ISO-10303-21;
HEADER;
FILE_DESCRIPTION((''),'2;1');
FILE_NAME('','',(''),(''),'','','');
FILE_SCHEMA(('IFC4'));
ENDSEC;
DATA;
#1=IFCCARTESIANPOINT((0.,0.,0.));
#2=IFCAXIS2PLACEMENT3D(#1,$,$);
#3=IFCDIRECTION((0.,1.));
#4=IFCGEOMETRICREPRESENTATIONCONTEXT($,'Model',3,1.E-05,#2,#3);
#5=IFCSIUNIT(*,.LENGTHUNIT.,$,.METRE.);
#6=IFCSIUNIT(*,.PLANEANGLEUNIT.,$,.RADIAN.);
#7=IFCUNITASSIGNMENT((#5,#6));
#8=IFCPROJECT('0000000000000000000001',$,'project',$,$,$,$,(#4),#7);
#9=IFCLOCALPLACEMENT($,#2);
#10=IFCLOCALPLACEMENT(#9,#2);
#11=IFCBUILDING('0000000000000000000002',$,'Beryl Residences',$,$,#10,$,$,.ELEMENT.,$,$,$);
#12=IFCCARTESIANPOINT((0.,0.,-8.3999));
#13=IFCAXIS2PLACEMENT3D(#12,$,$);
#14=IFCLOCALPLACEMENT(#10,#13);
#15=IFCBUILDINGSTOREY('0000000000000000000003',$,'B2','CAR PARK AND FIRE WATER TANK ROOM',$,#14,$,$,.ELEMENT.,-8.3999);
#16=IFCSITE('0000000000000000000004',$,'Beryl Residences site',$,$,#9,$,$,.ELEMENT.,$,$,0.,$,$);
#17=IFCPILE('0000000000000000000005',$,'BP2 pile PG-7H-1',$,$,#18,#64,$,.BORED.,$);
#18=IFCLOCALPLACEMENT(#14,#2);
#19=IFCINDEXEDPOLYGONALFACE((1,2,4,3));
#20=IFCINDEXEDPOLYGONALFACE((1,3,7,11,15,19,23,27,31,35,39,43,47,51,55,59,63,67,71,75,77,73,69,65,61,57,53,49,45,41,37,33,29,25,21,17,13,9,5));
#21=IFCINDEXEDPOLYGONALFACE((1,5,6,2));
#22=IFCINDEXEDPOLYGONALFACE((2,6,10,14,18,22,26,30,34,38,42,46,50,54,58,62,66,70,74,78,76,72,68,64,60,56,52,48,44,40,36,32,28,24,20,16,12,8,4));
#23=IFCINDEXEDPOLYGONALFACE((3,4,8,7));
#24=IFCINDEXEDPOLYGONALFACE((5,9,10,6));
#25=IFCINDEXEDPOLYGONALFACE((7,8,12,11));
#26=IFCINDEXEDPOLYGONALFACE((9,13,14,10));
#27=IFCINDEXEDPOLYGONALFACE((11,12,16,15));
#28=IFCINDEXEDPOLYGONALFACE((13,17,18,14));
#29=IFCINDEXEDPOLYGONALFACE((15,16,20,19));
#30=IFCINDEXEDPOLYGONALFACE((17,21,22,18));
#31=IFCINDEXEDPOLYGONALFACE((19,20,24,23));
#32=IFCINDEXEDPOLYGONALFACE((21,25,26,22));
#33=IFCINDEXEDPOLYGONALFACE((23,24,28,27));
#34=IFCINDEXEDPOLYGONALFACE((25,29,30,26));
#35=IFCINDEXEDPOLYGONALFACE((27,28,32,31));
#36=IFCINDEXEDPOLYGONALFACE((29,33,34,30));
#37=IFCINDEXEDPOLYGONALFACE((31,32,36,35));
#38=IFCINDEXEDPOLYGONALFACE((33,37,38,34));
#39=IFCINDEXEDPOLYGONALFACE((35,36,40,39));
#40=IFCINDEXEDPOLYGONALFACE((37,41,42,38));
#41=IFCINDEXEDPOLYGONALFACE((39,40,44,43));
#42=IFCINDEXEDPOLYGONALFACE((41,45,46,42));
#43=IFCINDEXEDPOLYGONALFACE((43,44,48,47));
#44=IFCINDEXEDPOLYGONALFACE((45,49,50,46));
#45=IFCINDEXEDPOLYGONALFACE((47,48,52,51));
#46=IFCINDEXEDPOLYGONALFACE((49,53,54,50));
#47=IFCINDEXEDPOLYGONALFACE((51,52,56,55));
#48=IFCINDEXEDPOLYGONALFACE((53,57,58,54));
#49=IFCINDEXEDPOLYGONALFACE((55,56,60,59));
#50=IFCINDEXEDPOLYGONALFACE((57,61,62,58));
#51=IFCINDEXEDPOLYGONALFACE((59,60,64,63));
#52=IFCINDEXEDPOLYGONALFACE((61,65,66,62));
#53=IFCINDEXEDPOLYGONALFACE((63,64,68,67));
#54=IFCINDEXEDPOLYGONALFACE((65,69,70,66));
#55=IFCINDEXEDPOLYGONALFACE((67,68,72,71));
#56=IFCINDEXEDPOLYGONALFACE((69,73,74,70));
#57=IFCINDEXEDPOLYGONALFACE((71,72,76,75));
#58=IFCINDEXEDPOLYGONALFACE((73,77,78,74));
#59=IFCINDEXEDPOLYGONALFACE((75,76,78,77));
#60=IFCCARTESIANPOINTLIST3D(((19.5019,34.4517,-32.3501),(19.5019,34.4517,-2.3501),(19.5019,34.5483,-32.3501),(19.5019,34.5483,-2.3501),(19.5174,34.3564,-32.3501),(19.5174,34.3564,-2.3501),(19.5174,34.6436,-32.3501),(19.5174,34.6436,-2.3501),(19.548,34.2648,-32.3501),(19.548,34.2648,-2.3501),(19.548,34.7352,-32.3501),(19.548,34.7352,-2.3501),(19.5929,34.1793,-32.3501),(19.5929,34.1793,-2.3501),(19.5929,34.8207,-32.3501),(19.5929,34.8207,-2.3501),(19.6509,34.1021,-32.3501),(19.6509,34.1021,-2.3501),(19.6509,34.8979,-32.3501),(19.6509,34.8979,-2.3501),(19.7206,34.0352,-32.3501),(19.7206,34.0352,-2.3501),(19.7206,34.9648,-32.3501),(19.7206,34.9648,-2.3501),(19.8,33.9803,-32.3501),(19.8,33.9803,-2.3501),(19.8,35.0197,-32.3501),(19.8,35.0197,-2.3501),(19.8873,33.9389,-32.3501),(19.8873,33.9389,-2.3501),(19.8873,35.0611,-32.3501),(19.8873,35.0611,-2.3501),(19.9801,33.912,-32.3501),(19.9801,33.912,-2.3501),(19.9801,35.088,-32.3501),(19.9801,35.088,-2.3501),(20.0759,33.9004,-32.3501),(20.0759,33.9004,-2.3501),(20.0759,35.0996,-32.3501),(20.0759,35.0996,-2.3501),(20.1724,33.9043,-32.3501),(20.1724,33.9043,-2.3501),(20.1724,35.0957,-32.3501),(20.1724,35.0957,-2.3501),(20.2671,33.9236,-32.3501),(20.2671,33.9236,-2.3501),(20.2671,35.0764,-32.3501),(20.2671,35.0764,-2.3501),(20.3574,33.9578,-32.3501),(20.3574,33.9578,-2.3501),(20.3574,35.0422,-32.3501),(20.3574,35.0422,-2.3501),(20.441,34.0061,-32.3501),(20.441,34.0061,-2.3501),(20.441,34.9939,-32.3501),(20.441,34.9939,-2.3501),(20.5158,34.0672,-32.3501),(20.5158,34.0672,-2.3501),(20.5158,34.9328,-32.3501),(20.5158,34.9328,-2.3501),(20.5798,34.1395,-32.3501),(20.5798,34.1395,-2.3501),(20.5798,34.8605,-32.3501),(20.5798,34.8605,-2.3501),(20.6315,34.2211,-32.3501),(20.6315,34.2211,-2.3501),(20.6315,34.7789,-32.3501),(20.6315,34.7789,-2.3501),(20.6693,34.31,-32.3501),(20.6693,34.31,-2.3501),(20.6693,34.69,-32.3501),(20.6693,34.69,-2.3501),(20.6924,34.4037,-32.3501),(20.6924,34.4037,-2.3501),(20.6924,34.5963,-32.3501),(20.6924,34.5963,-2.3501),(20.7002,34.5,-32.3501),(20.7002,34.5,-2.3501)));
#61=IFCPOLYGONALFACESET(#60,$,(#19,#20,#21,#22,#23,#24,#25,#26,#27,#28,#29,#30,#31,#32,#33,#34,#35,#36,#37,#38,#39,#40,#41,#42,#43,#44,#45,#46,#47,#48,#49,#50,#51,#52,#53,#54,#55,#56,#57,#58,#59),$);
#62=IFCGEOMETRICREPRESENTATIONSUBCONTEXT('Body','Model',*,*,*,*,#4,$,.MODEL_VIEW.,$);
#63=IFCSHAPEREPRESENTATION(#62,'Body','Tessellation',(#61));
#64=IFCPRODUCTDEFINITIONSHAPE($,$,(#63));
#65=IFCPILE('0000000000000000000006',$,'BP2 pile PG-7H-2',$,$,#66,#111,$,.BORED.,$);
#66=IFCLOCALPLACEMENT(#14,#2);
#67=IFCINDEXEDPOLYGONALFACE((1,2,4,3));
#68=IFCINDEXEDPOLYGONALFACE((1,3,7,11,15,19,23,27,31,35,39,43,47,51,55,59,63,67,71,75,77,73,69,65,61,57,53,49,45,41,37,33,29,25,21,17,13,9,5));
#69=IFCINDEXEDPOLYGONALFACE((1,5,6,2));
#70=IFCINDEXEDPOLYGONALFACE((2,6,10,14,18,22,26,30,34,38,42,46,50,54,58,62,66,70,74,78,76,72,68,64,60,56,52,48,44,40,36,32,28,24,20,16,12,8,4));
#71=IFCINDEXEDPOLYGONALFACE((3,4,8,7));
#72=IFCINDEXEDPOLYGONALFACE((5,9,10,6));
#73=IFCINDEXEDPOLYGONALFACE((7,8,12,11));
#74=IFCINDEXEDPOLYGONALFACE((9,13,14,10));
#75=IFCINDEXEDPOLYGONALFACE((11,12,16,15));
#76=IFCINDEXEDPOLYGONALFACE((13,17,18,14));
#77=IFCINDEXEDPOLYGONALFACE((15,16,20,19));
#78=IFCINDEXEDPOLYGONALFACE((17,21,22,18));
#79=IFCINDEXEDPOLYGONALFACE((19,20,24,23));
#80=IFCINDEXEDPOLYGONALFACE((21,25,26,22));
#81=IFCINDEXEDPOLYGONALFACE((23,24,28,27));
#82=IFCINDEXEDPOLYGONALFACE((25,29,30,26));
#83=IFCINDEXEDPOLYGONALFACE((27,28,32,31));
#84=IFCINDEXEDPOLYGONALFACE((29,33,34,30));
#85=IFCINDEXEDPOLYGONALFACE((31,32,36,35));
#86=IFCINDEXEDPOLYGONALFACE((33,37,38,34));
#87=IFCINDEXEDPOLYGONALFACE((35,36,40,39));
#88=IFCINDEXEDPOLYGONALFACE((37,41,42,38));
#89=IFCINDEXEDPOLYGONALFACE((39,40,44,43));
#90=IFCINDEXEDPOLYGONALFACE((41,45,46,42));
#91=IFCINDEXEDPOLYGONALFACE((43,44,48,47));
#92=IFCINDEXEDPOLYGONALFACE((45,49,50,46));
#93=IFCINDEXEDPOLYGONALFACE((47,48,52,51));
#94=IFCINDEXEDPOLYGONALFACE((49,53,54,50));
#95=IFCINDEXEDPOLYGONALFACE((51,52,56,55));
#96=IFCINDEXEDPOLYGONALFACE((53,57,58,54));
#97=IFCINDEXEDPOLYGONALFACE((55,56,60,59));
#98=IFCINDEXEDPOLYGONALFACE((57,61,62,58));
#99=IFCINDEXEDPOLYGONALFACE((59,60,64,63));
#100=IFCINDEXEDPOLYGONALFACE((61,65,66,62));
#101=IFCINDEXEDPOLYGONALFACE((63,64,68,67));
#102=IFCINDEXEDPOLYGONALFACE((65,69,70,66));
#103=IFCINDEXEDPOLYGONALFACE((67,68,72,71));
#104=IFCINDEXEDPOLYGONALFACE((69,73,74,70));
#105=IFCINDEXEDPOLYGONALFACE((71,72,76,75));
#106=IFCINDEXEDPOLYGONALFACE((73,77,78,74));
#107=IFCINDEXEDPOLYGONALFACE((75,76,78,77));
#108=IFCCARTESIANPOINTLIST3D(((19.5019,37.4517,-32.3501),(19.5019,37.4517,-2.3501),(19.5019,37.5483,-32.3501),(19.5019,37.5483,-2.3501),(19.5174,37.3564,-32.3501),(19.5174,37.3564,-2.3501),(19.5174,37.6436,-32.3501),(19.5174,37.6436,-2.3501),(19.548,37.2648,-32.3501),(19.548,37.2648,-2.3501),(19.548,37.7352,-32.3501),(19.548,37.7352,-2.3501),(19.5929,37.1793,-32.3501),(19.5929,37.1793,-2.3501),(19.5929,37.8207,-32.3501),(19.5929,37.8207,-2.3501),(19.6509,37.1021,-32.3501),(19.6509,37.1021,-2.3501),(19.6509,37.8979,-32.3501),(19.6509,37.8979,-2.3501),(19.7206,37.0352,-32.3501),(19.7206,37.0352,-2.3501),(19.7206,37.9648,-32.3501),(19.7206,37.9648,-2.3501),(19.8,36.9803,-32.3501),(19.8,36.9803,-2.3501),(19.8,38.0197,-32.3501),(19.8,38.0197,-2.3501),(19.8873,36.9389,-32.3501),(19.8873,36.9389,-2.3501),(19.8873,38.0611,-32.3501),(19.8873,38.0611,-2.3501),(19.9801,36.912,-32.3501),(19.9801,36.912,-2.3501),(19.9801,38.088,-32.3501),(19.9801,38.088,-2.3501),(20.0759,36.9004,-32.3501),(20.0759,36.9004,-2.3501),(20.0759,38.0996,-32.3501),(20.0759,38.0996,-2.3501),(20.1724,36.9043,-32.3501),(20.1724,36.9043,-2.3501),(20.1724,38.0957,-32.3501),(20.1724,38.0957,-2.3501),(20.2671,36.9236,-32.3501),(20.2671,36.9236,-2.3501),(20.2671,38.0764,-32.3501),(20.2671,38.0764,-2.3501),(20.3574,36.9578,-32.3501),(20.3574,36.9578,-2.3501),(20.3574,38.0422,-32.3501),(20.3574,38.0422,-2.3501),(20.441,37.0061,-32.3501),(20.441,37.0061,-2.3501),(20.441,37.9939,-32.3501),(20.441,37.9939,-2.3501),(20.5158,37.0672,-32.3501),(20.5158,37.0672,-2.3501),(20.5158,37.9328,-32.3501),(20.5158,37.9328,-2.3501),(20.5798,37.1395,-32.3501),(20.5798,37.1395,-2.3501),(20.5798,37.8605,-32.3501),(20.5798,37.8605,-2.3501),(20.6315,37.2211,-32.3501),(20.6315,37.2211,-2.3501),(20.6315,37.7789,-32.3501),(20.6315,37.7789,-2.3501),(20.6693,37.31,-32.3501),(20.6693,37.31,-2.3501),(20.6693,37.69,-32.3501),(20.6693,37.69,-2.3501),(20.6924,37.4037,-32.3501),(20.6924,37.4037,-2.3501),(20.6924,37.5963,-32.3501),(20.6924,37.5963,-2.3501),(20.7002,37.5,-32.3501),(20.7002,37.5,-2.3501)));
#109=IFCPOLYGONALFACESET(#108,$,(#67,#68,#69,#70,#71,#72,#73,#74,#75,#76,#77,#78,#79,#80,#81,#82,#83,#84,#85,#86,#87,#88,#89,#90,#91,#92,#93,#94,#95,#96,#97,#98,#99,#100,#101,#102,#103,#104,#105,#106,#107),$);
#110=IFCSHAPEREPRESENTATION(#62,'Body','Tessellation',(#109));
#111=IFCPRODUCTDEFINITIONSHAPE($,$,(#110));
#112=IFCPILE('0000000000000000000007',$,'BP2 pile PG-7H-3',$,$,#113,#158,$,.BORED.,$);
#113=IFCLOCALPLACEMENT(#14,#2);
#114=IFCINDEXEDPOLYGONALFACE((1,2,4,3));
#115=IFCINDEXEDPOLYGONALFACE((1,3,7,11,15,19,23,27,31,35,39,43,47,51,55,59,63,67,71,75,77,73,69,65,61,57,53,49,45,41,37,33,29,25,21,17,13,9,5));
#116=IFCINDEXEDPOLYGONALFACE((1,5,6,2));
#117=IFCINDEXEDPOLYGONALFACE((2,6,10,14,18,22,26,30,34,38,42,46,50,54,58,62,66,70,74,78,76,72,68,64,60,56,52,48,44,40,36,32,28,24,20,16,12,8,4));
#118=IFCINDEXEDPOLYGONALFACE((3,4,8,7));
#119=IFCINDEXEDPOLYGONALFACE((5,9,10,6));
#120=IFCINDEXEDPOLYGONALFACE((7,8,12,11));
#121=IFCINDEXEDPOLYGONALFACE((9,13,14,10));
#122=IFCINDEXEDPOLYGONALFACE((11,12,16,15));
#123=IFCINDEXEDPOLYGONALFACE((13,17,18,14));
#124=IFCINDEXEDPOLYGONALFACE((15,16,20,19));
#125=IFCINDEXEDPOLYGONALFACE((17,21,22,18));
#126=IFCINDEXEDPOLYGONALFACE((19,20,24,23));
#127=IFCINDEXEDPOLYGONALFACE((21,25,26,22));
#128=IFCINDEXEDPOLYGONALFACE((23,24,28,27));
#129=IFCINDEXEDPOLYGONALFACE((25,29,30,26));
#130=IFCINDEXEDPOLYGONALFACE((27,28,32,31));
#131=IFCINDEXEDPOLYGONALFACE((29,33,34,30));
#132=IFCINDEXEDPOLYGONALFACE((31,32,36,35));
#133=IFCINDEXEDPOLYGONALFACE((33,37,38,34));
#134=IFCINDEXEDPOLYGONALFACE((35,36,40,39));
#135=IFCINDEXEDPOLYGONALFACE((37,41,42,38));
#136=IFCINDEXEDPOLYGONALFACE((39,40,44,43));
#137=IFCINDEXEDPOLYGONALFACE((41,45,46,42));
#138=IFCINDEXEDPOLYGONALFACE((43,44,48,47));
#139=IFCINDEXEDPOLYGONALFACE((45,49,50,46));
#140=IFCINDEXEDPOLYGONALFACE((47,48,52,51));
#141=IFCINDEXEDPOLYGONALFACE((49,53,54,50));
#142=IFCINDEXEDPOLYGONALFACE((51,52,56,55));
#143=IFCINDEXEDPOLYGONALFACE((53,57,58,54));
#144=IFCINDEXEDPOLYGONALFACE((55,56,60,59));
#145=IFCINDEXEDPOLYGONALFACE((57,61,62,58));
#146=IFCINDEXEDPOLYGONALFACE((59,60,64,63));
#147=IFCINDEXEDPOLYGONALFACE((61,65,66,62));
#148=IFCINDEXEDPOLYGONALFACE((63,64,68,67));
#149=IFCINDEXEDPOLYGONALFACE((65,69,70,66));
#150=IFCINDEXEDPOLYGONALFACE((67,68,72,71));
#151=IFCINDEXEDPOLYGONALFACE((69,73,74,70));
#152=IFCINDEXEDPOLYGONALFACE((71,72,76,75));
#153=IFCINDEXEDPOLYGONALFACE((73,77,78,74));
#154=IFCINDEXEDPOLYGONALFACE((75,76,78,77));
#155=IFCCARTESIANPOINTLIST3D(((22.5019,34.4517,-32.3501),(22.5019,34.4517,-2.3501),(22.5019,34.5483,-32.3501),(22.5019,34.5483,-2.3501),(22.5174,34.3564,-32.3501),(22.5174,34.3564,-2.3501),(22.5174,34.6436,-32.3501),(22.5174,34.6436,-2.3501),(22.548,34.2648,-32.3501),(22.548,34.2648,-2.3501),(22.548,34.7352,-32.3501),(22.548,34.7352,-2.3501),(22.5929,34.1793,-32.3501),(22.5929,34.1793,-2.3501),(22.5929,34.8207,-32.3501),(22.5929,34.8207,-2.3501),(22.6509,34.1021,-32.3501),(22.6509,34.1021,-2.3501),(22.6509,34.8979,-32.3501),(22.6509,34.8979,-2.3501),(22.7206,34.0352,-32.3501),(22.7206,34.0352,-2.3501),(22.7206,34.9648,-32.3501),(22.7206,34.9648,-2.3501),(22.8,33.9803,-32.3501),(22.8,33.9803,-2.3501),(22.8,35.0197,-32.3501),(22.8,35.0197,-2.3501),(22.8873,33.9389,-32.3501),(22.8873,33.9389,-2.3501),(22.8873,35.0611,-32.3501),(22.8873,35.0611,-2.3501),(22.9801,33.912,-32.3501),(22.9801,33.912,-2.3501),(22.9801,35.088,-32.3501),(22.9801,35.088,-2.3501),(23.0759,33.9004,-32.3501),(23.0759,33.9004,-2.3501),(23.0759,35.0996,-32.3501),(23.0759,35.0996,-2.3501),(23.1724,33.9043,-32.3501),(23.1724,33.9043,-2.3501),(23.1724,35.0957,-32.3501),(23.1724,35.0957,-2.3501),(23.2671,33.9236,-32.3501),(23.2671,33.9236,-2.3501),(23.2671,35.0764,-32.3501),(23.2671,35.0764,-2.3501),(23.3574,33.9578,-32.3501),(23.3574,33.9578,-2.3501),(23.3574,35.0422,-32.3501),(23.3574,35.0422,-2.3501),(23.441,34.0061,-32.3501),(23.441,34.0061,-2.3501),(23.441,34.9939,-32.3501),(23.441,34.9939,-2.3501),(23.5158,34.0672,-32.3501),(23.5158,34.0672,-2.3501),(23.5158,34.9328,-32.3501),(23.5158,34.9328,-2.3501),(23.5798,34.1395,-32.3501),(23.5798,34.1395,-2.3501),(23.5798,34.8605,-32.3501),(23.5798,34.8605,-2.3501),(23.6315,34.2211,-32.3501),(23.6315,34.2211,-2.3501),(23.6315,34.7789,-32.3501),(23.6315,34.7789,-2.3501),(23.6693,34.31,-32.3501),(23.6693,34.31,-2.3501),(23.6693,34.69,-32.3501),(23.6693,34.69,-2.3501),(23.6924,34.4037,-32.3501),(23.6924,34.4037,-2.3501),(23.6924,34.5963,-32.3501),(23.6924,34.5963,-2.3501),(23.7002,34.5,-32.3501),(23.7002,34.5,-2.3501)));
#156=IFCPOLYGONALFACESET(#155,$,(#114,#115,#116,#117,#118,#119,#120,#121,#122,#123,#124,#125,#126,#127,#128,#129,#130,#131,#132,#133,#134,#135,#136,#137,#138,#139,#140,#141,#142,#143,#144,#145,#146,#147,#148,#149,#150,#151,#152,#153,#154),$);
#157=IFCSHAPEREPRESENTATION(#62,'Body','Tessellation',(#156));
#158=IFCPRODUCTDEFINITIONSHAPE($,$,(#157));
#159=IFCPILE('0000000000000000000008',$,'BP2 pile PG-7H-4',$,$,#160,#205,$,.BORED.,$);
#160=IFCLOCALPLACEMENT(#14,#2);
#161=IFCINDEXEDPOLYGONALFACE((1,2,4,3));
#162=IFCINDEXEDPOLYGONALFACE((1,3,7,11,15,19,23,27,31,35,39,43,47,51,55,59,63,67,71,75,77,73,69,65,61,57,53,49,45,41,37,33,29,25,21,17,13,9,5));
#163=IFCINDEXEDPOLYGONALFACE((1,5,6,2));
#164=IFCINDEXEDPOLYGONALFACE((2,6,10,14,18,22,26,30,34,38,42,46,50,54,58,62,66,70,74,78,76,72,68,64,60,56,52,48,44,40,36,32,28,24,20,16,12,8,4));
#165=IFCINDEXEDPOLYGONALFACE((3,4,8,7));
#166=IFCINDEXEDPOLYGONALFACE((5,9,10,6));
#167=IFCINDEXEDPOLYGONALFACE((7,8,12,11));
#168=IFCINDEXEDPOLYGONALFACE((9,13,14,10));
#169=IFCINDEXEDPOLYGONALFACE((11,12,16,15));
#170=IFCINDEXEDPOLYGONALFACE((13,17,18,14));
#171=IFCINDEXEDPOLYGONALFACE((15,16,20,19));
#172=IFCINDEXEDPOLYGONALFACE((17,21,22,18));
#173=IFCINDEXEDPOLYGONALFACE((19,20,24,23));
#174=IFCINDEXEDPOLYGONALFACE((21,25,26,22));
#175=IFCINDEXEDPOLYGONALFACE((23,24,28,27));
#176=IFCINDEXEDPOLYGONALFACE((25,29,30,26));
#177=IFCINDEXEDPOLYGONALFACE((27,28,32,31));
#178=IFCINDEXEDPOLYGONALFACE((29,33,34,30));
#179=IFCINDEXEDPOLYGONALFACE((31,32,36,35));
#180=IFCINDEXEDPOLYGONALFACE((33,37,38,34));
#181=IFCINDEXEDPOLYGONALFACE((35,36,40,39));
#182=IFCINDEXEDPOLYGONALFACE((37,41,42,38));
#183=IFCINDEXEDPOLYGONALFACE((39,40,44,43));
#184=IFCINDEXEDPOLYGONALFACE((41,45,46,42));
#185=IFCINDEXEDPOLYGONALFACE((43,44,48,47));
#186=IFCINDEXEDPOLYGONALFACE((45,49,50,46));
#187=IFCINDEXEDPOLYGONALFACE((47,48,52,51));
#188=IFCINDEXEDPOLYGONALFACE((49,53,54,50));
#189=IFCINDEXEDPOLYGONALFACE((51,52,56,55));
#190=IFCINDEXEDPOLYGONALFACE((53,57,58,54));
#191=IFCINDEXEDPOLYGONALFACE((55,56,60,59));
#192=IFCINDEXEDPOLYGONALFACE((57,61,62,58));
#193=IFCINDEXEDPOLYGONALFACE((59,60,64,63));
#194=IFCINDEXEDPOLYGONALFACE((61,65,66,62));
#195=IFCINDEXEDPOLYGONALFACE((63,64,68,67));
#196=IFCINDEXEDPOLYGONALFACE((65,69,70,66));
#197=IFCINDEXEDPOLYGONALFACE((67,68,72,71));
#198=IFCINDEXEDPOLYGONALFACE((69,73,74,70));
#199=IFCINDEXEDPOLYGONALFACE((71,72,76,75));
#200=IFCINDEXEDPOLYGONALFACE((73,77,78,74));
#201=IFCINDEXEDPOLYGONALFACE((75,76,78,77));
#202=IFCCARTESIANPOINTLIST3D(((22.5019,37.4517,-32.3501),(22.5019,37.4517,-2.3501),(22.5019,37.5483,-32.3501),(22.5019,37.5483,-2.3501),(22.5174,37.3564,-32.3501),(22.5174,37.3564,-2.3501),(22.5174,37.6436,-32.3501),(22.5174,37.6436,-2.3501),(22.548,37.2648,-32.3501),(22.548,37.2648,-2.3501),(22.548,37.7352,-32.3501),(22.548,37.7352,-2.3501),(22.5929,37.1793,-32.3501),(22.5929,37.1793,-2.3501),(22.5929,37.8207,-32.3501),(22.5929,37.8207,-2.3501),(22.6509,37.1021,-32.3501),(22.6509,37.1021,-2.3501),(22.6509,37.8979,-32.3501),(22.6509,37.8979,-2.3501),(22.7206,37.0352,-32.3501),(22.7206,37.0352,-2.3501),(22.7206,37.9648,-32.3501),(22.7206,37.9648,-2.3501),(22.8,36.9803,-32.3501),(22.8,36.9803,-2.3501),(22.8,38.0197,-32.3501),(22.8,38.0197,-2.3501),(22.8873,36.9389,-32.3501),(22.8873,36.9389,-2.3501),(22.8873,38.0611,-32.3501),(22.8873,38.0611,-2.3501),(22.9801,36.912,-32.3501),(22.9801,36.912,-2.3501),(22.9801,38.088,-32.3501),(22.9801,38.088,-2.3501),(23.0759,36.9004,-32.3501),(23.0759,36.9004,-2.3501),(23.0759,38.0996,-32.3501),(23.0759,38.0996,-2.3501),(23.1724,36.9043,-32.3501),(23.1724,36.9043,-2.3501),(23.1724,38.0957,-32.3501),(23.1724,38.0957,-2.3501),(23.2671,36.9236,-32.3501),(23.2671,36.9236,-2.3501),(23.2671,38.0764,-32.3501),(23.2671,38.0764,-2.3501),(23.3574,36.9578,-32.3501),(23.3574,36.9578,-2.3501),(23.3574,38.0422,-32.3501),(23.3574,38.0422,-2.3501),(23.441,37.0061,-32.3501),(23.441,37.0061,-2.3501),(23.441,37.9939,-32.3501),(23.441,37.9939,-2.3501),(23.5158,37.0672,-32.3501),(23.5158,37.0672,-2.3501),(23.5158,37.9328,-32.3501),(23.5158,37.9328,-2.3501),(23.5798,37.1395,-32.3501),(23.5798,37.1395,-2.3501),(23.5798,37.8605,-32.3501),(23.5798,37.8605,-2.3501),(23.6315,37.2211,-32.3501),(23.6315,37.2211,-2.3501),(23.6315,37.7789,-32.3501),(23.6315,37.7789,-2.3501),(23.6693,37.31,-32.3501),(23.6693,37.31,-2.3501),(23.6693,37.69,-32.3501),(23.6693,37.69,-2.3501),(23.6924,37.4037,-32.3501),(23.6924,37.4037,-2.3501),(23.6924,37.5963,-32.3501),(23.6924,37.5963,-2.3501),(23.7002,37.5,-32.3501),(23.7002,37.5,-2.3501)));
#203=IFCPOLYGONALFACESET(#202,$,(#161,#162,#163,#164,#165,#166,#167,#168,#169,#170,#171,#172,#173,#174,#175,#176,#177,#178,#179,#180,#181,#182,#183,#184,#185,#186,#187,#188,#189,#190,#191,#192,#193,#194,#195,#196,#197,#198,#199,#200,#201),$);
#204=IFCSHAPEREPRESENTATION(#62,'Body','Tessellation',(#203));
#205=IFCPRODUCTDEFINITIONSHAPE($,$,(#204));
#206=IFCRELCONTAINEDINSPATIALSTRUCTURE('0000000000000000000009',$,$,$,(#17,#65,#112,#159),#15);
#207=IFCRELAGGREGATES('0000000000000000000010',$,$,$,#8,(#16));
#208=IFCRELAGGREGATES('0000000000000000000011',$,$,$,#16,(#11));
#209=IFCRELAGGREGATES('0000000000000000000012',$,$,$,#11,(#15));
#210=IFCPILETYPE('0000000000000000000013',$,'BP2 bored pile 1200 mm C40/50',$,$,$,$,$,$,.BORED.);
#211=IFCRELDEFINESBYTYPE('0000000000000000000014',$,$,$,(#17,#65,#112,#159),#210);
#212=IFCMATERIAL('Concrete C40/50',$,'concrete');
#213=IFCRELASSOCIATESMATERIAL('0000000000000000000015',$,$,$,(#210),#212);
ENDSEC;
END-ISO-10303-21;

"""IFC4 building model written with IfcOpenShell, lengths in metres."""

from ifc_helpers import new_model, si_unit, direction, frame, origin, origin_2d, place, context, subcontext, project, spatial, circle, extrude, material, material_profile, profile_set, type_object, element, save


model = new_model("IFC4")

# Units and contexts
model_context = context("Model", 3, precision=1e-05, world=origin(), true_north=direction((0.0, 1.0)))
body_context = subcontext(model_context, "Body", "Model", "MODEL_VIEW")
ifc_project = project(units=[si_unit("LENGTHUNIT", "METRE"), si_unit("PLANEANGLEUNIT", "RADIAN")], contexts=[model_context])

# Site, building, storey
site_placement = place(None, origin())
site = spatial("IfcSite", under=ifc_project, at=site_placement, Name="Beryl Residences site", CompositionType="ELEMENT", RefElevation=0.0)
building_placement = place(site_placement, origin())
building = spatial("IfcBuilding", under=site, at=building_placement, Name="Beryl Residences", CompositionType="ELEMENT")
storey_placement = place(building_placement, frame((0.0, 0.0, -8.3999)))
storey = spatial("IfcBuildingStorey", under=building, at=storey_placement, Name="B2", Description="CAR PARK AND FIRE WATER TANK ROOM", CompositionType="ELEMENT", Elevation=-8.3999)

# Piles
ifc_material_1 = material(Name="Concrete C40/50", Category="concrete")
ifc_material_profile_1 = material_profile(ifc_material_1, circle(Radius=0.6001, at=origin_2d()))
ifc_profile_set_1 = profile_set([ifc_material_profile_1], Name="Concrete C40/50")
pile_type = type_object("IfcPileType", Name="BP2 bored pile 1200 mm C40/50", PredefinedType="BORED", material=ifc_profile_set_1)
for number, where, z_axis, x_axis, name in (
    (1, (20.1001, 34.5, -2.3501), (0.0, 0.0, -1.0), (1.0, 0.0, 0.0), "BP2 pile PG-7H-1"),
    (2, (20.1001, 37.5, -2.3501), (0.0, 0.0, -1.0), (1.0, 0.0, 0.0), "BP2 pile PG-7H-2"),
    (3, (23.1001, 34.5, -2.3501), (0.0, 0.0, -1.0), (1.0, 0.0, 0.0), "BP2 pile PG-7H-3"),
    (4, (23.1001, 37.5, -2.3501), (0.0, 0.0, -1.0), (1.0, 0.0, 0.0), "BP2 pile PG-7H-4"),
):
    element("IfcPile", number, at=place(storey_placement, frame(where, z_axis=z_axis, x_axis=x_axis)), inside=storey, type_object=pile_type, Name=name, PredefinedType="BORED", context=body_context, shape_type="SweptSolid", body=[
        extrude(circle(Radius=0.6001, at=origin_2d()), origin(), (0.0, 0.0, 1.0), 30.0),
    ])

save(model, "model.ifc")
